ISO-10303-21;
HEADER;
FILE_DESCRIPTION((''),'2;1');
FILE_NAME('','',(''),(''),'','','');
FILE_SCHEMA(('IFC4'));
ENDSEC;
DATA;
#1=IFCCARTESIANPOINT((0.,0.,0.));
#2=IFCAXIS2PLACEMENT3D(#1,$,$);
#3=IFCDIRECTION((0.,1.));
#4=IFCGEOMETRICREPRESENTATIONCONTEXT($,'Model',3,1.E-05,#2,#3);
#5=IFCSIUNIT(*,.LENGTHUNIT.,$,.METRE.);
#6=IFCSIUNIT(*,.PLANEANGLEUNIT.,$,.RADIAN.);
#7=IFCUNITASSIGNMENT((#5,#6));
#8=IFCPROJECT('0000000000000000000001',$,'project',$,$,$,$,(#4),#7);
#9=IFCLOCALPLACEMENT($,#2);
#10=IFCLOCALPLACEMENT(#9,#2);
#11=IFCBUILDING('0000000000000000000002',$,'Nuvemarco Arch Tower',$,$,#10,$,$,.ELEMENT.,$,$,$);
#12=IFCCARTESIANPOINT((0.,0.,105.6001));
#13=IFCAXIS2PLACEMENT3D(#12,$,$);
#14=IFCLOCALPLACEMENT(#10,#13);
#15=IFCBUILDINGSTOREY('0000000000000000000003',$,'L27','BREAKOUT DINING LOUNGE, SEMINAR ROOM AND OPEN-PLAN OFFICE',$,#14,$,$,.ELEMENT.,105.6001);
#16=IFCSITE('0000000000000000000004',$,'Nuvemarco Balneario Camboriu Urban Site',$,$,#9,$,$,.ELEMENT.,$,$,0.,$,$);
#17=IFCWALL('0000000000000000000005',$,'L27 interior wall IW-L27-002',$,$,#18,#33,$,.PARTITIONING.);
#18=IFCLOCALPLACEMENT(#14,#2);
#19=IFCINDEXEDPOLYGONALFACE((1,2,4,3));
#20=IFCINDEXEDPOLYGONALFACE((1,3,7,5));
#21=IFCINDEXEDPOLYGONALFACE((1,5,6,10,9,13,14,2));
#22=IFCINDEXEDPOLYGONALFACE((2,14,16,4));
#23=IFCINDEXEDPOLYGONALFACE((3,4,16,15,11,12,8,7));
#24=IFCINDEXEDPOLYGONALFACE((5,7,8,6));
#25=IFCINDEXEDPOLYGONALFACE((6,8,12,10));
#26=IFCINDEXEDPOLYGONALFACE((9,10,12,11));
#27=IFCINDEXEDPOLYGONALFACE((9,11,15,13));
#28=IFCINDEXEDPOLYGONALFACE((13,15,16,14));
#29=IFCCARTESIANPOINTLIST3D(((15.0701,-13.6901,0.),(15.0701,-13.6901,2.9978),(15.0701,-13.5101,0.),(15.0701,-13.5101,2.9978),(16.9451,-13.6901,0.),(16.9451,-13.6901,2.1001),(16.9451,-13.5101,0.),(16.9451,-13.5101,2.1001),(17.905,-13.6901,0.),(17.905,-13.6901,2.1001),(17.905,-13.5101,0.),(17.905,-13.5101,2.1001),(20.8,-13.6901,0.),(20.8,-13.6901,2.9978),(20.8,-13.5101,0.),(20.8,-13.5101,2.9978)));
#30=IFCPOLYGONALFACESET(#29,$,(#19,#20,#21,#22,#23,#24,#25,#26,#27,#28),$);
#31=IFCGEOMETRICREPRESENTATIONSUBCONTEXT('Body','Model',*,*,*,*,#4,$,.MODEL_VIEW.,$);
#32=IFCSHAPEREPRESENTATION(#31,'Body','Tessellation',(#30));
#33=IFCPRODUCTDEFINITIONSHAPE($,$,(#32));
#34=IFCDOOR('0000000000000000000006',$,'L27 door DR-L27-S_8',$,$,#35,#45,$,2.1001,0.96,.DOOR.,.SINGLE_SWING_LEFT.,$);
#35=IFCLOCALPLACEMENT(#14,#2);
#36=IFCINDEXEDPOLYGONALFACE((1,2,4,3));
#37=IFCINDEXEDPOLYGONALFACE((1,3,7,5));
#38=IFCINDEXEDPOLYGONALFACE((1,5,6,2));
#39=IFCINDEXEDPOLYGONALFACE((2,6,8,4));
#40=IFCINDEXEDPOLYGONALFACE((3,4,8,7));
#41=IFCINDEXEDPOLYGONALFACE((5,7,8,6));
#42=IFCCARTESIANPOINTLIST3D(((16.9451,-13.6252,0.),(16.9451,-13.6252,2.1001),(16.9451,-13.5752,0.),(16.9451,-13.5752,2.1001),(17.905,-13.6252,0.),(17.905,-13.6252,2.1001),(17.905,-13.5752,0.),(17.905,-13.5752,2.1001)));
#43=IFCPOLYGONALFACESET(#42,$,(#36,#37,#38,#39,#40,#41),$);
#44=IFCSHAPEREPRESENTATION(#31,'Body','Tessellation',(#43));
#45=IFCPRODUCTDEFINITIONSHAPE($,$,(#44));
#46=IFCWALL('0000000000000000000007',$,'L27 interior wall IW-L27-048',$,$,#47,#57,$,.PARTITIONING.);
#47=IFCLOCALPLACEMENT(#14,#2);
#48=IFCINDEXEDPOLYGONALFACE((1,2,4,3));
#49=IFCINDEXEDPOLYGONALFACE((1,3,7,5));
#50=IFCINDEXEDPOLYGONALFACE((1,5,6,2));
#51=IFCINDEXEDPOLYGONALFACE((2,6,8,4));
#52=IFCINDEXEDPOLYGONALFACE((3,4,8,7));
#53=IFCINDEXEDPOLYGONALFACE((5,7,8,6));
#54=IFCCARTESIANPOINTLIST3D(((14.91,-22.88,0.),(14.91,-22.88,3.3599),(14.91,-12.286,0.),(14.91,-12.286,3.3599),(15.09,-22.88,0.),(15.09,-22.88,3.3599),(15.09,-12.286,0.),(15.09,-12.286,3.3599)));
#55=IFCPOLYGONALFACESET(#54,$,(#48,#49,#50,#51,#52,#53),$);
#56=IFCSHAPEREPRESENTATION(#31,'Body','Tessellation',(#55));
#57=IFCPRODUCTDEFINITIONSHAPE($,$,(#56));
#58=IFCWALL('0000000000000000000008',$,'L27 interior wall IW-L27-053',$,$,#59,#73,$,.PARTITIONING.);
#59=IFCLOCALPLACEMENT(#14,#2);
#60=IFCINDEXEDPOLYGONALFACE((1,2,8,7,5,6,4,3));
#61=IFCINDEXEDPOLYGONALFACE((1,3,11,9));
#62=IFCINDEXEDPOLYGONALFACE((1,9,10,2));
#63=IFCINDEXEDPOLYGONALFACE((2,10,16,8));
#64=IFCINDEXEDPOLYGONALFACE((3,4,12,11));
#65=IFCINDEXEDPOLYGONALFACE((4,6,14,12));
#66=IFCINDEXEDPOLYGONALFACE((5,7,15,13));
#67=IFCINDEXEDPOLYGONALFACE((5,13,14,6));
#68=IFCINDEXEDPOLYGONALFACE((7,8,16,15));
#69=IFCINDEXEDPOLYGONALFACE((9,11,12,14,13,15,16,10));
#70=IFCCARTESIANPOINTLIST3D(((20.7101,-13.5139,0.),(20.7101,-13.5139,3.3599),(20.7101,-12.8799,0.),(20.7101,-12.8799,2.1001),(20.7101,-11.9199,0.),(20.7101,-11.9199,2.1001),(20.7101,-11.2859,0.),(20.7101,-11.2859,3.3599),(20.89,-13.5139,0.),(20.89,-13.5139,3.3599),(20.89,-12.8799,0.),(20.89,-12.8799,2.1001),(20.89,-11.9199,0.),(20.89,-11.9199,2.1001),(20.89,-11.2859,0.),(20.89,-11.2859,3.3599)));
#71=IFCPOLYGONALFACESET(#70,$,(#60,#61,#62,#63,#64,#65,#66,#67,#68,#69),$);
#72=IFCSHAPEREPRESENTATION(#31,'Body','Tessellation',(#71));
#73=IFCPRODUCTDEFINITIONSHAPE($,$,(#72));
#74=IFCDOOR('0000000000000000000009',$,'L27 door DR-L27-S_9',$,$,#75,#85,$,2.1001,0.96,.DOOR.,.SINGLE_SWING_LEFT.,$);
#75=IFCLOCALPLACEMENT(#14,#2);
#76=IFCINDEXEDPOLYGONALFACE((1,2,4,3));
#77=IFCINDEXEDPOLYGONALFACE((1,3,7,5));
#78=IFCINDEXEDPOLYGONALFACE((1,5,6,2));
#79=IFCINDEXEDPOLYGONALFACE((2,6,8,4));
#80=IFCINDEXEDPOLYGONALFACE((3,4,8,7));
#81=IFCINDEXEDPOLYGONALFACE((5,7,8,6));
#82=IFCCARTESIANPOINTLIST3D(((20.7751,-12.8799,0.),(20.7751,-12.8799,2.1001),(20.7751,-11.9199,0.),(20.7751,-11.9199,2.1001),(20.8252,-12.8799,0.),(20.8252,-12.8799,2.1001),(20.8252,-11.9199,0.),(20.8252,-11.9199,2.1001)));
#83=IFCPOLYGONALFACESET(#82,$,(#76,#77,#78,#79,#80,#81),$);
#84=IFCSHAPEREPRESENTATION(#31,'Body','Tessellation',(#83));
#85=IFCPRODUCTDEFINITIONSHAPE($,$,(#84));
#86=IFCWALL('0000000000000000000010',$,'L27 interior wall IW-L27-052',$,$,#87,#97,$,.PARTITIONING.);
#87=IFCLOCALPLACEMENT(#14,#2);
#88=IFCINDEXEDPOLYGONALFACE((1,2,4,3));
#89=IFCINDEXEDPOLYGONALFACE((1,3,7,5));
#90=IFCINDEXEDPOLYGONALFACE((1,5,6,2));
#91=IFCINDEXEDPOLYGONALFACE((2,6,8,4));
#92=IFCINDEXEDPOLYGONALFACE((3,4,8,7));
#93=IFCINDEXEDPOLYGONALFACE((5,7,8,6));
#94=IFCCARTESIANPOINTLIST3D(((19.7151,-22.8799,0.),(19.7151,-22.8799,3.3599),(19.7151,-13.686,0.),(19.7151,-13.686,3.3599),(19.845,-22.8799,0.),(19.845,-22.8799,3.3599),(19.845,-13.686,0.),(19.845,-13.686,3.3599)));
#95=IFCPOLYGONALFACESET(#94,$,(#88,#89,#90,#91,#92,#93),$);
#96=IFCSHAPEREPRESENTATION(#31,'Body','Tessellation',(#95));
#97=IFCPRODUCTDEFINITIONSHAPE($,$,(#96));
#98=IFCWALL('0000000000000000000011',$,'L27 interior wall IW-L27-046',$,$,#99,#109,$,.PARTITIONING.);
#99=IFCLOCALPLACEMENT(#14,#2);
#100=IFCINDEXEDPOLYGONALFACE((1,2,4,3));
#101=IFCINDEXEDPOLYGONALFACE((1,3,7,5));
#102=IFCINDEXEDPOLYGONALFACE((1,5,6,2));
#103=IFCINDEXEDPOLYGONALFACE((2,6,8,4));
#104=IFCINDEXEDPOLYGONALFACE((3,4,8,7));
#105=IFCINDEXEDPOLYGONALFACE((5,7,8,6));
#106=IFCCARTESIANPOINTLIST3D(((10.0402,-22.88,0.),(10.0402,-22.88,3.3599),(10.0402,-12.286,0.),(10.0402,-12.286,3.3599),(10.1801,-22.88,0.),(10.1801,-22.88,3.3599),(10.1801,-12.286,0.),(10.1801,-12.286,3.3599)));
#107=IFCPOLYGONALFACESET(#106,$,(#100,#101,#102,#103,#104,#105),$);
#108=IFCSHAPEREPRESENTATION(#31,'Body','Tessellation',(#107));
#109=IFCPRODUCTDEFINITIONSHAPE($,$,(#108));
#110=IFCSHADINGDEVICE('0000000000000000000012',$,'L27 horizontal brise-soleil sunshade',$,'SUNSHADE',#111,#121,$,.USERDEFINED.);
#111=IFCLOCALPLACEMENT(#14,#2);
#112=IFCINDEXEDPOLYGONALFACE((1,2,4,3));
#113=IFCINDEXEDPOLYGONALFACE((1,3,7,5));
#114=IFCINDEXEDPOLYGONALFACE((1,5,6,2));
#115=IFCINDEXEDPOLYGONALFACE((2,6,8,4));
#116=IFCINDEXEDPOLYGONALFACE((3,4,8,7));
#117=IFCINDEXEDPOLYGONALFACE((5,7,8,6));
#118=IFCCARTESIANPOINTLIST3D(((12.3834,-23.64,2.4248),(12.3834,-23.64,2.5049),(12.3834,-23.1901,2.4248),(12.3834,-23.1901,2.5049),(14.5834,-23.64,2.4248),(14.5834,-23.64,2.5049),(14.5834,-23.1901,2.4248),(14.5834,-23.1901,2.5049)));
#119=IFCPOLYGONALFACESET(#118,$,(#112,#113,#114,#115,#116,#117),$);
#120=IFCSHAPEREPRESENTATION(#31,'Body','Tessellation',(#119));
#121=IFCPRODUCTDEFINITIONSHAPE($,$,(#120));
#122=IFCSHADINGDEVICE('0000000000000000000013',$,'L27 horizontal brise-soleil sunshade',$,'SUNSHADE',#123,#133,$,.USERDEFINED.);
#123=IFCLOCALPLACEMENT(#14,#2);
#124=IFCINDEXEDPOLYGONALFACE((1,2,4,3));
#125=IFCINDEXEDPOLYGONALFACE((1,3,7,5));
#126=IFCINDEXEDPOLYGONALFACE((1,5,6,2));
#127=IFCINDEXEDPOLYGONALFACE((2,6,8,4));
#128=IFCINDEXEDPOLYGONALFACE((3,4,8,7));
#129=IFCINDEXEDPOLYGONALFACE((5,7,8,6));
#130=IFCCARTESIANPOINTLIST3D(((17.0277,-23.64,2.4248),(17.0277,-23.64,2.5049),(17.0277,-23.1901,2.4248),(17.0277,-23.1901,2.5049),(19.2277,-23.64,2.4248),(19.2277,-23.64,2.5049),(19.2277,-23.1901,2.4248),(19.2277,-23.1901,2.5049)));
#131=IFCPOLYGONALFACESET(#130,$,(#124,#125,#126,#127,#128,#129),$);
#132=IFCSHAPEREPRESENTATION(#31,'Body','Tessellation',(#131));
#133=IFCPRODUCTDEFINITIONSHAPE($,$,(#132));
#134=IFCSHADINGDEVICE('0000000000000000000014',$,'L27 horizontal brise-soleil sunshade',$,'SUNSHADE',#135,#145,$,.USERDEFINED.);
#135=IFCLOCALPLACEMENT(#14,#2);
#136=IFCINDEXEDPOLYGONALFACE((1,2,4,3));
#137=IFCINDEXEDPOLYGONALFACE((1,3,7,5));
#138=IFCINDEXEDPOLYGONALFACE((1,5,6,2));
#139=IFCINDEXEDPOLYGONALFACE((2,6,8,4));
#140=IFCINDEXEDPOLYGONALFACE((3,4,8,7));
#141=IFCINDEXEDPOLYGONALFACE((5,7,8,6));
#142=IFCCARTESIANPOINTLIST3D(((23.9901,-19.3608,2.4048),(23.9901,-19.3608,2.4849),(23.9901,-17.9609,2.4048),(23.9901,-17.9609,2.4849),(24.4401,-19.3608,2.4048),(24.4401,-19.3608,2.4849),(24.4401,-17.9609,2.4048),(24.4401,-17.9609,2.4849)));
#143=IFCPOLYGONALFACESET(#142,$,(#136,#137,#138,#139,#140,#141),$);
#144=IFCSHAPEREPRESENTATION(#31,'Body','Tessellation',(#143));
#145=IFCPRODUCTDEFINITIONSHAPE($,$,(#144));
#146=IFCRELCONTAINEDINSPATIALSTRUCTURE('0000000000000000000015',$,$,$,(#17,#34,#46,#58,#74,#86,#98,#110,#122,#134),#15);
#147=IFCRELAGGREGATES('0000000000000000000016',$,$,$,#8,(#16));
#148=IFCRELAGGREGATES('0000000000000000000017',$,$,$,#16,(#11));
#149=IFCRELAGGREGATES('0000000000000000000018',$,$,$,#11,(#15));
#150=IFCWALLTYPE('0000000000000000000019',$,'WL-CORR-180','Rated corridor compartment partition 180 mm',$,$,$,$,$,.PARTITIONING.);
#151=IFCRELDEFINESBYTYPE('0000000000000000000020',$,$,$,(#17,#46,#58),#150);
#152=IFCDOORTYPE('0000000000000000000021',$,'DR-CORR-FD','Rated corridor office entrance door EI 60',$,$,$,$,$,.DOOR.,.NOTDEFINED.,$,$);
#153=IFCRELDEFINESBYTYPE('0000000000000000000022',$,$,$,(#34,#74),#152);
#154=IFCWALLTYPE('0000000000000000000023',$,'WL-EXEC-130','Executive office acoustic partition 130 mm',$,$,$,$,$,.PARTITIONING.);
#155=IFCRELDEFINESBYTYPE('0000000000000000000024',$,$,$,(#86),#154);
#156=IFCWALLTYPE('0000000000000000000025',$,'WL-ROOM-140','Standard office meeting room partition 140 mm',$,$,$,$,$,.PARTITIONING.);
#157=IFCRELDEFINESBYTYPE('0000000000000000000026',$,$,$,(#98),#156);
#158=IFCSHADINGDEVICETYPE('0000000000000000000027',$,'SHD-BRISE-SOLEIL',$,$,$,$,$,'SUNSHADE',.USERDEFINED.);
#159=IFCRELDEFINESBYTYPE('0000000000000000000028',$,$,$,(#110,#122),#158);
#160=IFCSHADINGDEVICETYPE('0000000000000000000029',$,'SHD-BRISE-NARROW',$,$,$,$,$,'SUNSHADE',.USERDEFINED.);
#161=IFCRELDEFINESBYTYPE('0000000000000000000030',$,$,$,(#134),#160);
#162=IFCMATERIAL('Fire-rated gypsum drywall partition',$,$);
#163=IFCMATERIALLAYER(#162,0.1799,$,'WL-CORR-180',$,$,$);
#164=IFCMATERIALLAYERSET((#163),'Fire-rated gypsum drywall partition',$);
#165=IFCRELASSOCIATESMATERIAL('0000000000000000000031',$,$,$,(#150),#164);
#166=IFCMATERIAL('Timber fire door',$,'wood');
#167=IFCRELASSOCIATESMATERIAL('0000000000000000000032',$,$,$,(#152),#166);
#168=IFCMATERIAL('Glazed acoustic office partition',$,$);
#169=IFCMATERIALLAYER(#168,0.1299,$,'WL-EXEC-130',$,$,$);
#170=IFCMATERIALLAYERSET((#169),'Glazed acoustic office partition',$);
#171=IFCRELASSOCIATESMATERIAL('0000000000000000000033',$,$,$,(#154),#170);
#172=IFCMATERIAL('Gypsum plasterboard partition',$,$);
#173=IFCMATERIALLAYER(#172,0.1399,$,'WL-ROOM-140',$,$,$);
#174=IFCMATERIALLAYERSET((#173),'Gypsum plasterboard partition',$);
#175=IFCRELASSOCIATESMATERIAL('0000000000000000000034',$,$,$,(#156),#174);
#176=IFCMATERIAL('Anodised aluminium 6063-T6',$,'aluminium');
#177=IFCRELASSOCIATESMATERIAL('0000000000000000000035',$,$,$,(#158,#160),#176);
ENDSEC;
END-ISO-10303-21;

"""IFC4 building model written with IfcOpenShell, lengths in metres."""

from ifc_helpers import new_model, si_unit, direction, frame, frame_2d, origin, origin_2d, place, context, subcontext, project, spatial, rectangle, extrude, source, transform, mapped, material, layer, layer_set, type_object, type_shapes, element, fill, save


model = new_model("IFC4")

# Units and contexts
model_context = context("Model", 3, precision=1e-05, world=origin(), true_north=direction((0.0, 1.0)))
body_context = subcontext(model_context, "Body", "Model", "MODEL_VIEW")
ifc_project = project(units=[si_unit("LENGTHUNIT", "METRE"), si_unit("PLANEANGLEUNIT", "RADIAN")], contexts=[model_context])

# Site, building, storey
site_placement = place(None, origin())
site = spatial("IfcSite", under=ifc_project, at=site_placement, Name="Nuvemarco Balneario Camboriu Urban Site", CompositionType="ELEMENT", RefElevation=0.0)
building_placement = place(site_placement, origin())
building = spatial("IfcBuilding", under=site, at=building_placement, Name="Nuvemarco Arch Tower", CompositionType="ELEMENT")
storey_placement = place(building_placement, frame((0.0, 0.0, 105.6001)))
storey = spatial("IfcBuildingStorey", under=building, at=storey_placement, Name="L27", Description="BREAKOUT DINING LOUNGE, SEMINAR ROOM AND OPEN-PLAN OFFICE", CompositionType="ELEMENT", Elevation=105.6001)

# Wall, opening, door
ifc_material_1 = material(Name="Fire-rated gypsum drywall partition")
ifc_layer_1 = layer(ifc_material_1, 0.1799, Name="WL-CORR-180")
ifc_layer_set_1 = layer_set([ifc_layer_1], Name="Fire-rated gypsum drywall partition")
wall_type_1 = type_object("IfcWallType", Name="WL-CORR-180", Description="Rated corridor compartment partition 180 mm", PredefinedType="PARTITIONING", material=ifc_layer_set_1)
wall_1_placement = place(storey_placement, frame((15.0701, -13.6001, 0.0), z_axis=(0.0, 0.0, 1.0), x_axis=(1.0, 0.0, 0.0)))
wall_1 = element("IfcWall", 1, at=wall_1_placement, inside=storey, type_object=wall_type_1, Name="L27 interior wall IW-L27-002", PredefinedType="PARTITIONING", context=body_context, shape_type="SweptSolid", body=[
    extrude(rectangle(XDim=5.73, YDim=0.1799, at=frame_2d((2.865, 0.0))), origin(), (0.0, 0.0, 1.0), 2.9978),
])
opening_1_placement = place(wall_1_placement, frame((1.875, 0.0, 0.0)))
opening_1 = element("IfcOpeningElement", 2, at=opening_1_placement, cuts=wall_1, PredefinedType="OPENING", context=body_context, shape_type="SweptSolid", body=[
    extrude(rectangle(XDim=0.96, YDim=2.1001, at=frame_2d((0.48, 1.05))), frame((0.0, 0.0999, 0.0), z_axis=(0.0, -1.0, 0.0), x_axis=(1.0, 0.0, 0.0)), (0.0, 0.0, 1.0), 0.2),
])
ifc_material_2 = material(Name="Timber fire door", Category="wood")
door_type = type_object("IfcDoorType", Name="DR-CORR-FD", Description="Rated corridor office entrance door EI 60", OperationType="NOTDEFINED", PredefinedType="DOOR", material=ifc_material_2)
shared_shape_1 = source(origin(), body_context, "Body", "SweptSolid", [
    extrude(rectangle(XDim=0.96, YDim=2.1001, at=frame_2d((0.48, 1.05))), frame((0.0, 0.0249, 0.0), z_axis=(0.0, -1.0, 0.0), x_axis=(1.0, 0.0, 0.0)), (0.0, 0.0, 1.0), 0.05),
])
type_shapes(door_type, [shared_shape_1])
door_1_placement = place(opening_1_placement, origin())
door_1 = element("IfcDoor", 3, at=door_1_placement, inside=storey, type_object=door_type, Name="L27 door DR-L27-S_8", OperationType="SINGLE_SWING_LEFT", OverallHeight=2.1001, OverallWidth=0.96, PredefinedType="DOOR", context=body_context, shape_type="MappedRepresentation", body=[
    mapped(shared_shape_1, transform((0.0, 0.0, 0.0), scale=1.0)),
])
fill(opening_1, door_1)

# Wall
wall_2_placement = place(storey_placement, frame((15.0, -22.8799, 0.0), z_axis=(0.0, 0.0, 1.0), x_axis=(0.0, 1.0, 0.0)))
element("IfcWall", 4, at=wall_2_placement, inside=storey, type_object=wall_type_1, Name="L27 interior wall IW-L27-048", PredefinedType="PARTITIONING", context=body_context, shape_type="SweptSolid", body=[
    extrude(rectangle(XDim=10.594, YDim=0.1799, at=frame_2d((5.2969, 0.0))), origin(), (0.0, 0.0, 1.0), 3.3599),
])

# Wall, opening, door
wall_3_placement = place(storey_placement, frame((20.8, -13.5139, 0.0), z_axis=(0.0, 0.0, 1.0), x_axis=(0.0, 1.0, 0.0)))
wall_3 = element("IfcWall", 5, at=wall_3_placement, inside=storey, type_object=wall_type_1, Name="L27 interior wall IW-L27-053", PredefinedType="PARTITIONING", context=body_context, shape_type="SweptSolid", body=[
    extrude(rectangle(XDim=2.228, YDim=0.1799, at=frame_2d((1.114, 0.0))), origin(), (0.0, 0.0, 1.0), 3.3599),
])
opening_2_placement = place(wall_3_placement, frame((0.634, 0.0, 0.0)))
opening_2 = element("IfcOpeningElement", 6, at=opening_2_placement, cuts=wall_3, PredefinedType="OPENING", context=body_context, shape_type="SweptSolid", body=[
    extrude(rectangle(XDim=0.96, YDim=2.1001, at=frame_2d((0.48, 1.05))), frame((0.0, 0.0999, 0.0), z_axis=(0.0, -1.0, 0.0), x_axis=(1.0, 0.0, 0.0)), (0.0, 0.0, 1.0), 0.2),
])
door_2_placement = place(opening_2_placement, origin())
door_2 = element("IfcDoor", 7, at=door_2_placement, inside=storey, type_object=door_type, Name="L27 door DR-L27-S_9", OperationType="SINGLE_SWING_LEFT", OverallHeight=2.1001, OverallWidth=0.96, PredefinedType="DOOR", context=body_context, shape_type="MappedRepresentation", body=[
    mapped(shared_shape_1, transform((0.0, 0.0, 0.0), scale=1.0)),
])
fill(opening_2, door_2)

# Walls
ifc_material_3 = material(Name="Glazed acoustic office partition")
ifc_layer_2 = layer(ifc_material_3, 0.1299, Name="WL-EXEC-130")
ifc_layer_set_2 = layer_set([ifc_layer_2], Name="Glazed acoustic office partition")
wall_type_2 = type_object("IfcWallType", Name="WL-EXEC-130", Description="Executive office acoustic partition 130 mm", PredefinedType="PARTITIONING", material=ifc_layer_set_2)
wall_4_placement = place(storey_placement, frame((19.78, -22.8799, 0.0), z_axis=(0.0, 0.0, 1.0), x_axis=(0.0, 1.0, 0.0)))
element("IfcWall", 8, at=wall_4_placement, inside=storey, type_object=wall_type_2, Name="L27 interior wall IW-L27-052", PredefinedType="PARTITIONING", context=body_context, shape_type="SweptSolid", body=[
    extrude(rectangle(XDim=9.1938, YDim=0.1299, at=frame_2d((4.5969, 0.0))), origin(), (0.0, 0.0, 1.0), 3.3599),
])
ifc_material_4 = material(Name="Gypsum plasterboard partition")
ifc_layer_3 = layer(ifc_material_4, 0.1399, Name="WL-ROOM-140")
ifc_layer_set_3 = layer_set([ifc_layer_3], Name="Gypsum plasterboard partition")
wall_type_3 = type_object("IfcWallType", Name="WL-ROOM-140", Description="Standard office meeting room partition 140 mm", PredefinedType="PARTITIONING", material=ifc_layer_set_3)
wall_5_placement = place(storey_placement, frame((10.1101, -22.8799, 0.0), z_axis=(0.0, 0.0, 1.0), x_axis=(0.0, 1.0, 0.0)))
element("IfcWall", 9, at=wall_5_placement, inside=storey, type_object=wall_type_3, Name="L27 interior wall IW-L27-046", PredefinedType="PARTITIONING", context=body_context, shape_type="SweptSolid", body=[
    extrude(rectangle(XDim=10.594, YDim=0.1399, at=frame_2d((5.2969, 0.0))), origin(), (0.0, 0.0, 1.0), 3.3599),
])

# Shading devices
ifc_material_5 = material(Name="Anodised aluminium 6063-T6", Category="aluminium")
shading_device_type_1 = type_object("IfcShadingDeviceType", Name="SHD-BRISE-SOLEIL", ElementType="SUNSHADE", PredefinedType="USERDEFINED", material=ifc_material_5)
shared_shape_2 = source(origin(), body_context, "Body", "SweptSolid", [
    extrude(rectangle(XDim=2.2, YDim=0.45, at=origin_2d()), origin(), (0.0, 0.0, 1.0), 0.0801),
])
type_shapes(shading_device_type_1, [shared_shape_2])
for number, where, z_axis, x_axis, name in (
    (10, (13.4834, -23.415, 2.4248), (0.0, 0.0, 1.0), (1.0, 0.0, 0.0), "L27 horizontal brise-soleil sunshade"),
    (11, (18.1277, -23.415, 2.4248), (0.0, 0.0, 1.0), (1.0, 0.0, 0.0), "L27 horizontal brise-soleil sunshade"),
):
    element("IfcShadingDevice", number, at=place(storey_placement, frame(where, z_axis=z_axis, x_axis=x_axis)), inside=storey, type_object=shading_device_type_1, Name=name, ObjectType="SUNSHADE", PredefinedType="USERDEFINED", context=body_context, shape_type="MappedRepresentation", body=[
        mapped(shared_shape_2, transform((0.0, 0.0, 0.0), scale=1.0)),
    ])
shading_device_type_2 = type_object("IfcShadingDeviceType", Name="SHD-BRISE-NARROW", ElementType="SUNSHADE", PredefinedType="USERDEFINED", material=ifc_material_5)
shared_shape_3 = source(origin(), body_context, "Body", "SweptSolid", [
    extrude(rectangle(XDim=1.3999, YDim=0.45, at=origin_2d()), origin(), (0.0, 0.0, 1.0), 0.0801),
])
type_shapes(shading_device_type_2, [shared_shape_3])
shading_device_placement = place(storey_placement, frame((24.2151, -18.6609, 2.4048), z_axis=(0.0, 0.0, 1.0), x_axis=(0.0, 1.0, 0.0)))
element("IfcShadingDevice", 12, at=shading_device_placement, inside=storey, type_object=shading_device_type_2, Name="L27 horizontal brise-soleil sunshade", ObjectType="SUNSHADE", PredefinedType="USERDEFINED", context=body_context, shape_type="MappedRepresentation", body=[
    mapped(shared_shape_3, transform((0.0, 0.0, 0.0), scale=1.0)),
])

save(model, "model.ifc")
